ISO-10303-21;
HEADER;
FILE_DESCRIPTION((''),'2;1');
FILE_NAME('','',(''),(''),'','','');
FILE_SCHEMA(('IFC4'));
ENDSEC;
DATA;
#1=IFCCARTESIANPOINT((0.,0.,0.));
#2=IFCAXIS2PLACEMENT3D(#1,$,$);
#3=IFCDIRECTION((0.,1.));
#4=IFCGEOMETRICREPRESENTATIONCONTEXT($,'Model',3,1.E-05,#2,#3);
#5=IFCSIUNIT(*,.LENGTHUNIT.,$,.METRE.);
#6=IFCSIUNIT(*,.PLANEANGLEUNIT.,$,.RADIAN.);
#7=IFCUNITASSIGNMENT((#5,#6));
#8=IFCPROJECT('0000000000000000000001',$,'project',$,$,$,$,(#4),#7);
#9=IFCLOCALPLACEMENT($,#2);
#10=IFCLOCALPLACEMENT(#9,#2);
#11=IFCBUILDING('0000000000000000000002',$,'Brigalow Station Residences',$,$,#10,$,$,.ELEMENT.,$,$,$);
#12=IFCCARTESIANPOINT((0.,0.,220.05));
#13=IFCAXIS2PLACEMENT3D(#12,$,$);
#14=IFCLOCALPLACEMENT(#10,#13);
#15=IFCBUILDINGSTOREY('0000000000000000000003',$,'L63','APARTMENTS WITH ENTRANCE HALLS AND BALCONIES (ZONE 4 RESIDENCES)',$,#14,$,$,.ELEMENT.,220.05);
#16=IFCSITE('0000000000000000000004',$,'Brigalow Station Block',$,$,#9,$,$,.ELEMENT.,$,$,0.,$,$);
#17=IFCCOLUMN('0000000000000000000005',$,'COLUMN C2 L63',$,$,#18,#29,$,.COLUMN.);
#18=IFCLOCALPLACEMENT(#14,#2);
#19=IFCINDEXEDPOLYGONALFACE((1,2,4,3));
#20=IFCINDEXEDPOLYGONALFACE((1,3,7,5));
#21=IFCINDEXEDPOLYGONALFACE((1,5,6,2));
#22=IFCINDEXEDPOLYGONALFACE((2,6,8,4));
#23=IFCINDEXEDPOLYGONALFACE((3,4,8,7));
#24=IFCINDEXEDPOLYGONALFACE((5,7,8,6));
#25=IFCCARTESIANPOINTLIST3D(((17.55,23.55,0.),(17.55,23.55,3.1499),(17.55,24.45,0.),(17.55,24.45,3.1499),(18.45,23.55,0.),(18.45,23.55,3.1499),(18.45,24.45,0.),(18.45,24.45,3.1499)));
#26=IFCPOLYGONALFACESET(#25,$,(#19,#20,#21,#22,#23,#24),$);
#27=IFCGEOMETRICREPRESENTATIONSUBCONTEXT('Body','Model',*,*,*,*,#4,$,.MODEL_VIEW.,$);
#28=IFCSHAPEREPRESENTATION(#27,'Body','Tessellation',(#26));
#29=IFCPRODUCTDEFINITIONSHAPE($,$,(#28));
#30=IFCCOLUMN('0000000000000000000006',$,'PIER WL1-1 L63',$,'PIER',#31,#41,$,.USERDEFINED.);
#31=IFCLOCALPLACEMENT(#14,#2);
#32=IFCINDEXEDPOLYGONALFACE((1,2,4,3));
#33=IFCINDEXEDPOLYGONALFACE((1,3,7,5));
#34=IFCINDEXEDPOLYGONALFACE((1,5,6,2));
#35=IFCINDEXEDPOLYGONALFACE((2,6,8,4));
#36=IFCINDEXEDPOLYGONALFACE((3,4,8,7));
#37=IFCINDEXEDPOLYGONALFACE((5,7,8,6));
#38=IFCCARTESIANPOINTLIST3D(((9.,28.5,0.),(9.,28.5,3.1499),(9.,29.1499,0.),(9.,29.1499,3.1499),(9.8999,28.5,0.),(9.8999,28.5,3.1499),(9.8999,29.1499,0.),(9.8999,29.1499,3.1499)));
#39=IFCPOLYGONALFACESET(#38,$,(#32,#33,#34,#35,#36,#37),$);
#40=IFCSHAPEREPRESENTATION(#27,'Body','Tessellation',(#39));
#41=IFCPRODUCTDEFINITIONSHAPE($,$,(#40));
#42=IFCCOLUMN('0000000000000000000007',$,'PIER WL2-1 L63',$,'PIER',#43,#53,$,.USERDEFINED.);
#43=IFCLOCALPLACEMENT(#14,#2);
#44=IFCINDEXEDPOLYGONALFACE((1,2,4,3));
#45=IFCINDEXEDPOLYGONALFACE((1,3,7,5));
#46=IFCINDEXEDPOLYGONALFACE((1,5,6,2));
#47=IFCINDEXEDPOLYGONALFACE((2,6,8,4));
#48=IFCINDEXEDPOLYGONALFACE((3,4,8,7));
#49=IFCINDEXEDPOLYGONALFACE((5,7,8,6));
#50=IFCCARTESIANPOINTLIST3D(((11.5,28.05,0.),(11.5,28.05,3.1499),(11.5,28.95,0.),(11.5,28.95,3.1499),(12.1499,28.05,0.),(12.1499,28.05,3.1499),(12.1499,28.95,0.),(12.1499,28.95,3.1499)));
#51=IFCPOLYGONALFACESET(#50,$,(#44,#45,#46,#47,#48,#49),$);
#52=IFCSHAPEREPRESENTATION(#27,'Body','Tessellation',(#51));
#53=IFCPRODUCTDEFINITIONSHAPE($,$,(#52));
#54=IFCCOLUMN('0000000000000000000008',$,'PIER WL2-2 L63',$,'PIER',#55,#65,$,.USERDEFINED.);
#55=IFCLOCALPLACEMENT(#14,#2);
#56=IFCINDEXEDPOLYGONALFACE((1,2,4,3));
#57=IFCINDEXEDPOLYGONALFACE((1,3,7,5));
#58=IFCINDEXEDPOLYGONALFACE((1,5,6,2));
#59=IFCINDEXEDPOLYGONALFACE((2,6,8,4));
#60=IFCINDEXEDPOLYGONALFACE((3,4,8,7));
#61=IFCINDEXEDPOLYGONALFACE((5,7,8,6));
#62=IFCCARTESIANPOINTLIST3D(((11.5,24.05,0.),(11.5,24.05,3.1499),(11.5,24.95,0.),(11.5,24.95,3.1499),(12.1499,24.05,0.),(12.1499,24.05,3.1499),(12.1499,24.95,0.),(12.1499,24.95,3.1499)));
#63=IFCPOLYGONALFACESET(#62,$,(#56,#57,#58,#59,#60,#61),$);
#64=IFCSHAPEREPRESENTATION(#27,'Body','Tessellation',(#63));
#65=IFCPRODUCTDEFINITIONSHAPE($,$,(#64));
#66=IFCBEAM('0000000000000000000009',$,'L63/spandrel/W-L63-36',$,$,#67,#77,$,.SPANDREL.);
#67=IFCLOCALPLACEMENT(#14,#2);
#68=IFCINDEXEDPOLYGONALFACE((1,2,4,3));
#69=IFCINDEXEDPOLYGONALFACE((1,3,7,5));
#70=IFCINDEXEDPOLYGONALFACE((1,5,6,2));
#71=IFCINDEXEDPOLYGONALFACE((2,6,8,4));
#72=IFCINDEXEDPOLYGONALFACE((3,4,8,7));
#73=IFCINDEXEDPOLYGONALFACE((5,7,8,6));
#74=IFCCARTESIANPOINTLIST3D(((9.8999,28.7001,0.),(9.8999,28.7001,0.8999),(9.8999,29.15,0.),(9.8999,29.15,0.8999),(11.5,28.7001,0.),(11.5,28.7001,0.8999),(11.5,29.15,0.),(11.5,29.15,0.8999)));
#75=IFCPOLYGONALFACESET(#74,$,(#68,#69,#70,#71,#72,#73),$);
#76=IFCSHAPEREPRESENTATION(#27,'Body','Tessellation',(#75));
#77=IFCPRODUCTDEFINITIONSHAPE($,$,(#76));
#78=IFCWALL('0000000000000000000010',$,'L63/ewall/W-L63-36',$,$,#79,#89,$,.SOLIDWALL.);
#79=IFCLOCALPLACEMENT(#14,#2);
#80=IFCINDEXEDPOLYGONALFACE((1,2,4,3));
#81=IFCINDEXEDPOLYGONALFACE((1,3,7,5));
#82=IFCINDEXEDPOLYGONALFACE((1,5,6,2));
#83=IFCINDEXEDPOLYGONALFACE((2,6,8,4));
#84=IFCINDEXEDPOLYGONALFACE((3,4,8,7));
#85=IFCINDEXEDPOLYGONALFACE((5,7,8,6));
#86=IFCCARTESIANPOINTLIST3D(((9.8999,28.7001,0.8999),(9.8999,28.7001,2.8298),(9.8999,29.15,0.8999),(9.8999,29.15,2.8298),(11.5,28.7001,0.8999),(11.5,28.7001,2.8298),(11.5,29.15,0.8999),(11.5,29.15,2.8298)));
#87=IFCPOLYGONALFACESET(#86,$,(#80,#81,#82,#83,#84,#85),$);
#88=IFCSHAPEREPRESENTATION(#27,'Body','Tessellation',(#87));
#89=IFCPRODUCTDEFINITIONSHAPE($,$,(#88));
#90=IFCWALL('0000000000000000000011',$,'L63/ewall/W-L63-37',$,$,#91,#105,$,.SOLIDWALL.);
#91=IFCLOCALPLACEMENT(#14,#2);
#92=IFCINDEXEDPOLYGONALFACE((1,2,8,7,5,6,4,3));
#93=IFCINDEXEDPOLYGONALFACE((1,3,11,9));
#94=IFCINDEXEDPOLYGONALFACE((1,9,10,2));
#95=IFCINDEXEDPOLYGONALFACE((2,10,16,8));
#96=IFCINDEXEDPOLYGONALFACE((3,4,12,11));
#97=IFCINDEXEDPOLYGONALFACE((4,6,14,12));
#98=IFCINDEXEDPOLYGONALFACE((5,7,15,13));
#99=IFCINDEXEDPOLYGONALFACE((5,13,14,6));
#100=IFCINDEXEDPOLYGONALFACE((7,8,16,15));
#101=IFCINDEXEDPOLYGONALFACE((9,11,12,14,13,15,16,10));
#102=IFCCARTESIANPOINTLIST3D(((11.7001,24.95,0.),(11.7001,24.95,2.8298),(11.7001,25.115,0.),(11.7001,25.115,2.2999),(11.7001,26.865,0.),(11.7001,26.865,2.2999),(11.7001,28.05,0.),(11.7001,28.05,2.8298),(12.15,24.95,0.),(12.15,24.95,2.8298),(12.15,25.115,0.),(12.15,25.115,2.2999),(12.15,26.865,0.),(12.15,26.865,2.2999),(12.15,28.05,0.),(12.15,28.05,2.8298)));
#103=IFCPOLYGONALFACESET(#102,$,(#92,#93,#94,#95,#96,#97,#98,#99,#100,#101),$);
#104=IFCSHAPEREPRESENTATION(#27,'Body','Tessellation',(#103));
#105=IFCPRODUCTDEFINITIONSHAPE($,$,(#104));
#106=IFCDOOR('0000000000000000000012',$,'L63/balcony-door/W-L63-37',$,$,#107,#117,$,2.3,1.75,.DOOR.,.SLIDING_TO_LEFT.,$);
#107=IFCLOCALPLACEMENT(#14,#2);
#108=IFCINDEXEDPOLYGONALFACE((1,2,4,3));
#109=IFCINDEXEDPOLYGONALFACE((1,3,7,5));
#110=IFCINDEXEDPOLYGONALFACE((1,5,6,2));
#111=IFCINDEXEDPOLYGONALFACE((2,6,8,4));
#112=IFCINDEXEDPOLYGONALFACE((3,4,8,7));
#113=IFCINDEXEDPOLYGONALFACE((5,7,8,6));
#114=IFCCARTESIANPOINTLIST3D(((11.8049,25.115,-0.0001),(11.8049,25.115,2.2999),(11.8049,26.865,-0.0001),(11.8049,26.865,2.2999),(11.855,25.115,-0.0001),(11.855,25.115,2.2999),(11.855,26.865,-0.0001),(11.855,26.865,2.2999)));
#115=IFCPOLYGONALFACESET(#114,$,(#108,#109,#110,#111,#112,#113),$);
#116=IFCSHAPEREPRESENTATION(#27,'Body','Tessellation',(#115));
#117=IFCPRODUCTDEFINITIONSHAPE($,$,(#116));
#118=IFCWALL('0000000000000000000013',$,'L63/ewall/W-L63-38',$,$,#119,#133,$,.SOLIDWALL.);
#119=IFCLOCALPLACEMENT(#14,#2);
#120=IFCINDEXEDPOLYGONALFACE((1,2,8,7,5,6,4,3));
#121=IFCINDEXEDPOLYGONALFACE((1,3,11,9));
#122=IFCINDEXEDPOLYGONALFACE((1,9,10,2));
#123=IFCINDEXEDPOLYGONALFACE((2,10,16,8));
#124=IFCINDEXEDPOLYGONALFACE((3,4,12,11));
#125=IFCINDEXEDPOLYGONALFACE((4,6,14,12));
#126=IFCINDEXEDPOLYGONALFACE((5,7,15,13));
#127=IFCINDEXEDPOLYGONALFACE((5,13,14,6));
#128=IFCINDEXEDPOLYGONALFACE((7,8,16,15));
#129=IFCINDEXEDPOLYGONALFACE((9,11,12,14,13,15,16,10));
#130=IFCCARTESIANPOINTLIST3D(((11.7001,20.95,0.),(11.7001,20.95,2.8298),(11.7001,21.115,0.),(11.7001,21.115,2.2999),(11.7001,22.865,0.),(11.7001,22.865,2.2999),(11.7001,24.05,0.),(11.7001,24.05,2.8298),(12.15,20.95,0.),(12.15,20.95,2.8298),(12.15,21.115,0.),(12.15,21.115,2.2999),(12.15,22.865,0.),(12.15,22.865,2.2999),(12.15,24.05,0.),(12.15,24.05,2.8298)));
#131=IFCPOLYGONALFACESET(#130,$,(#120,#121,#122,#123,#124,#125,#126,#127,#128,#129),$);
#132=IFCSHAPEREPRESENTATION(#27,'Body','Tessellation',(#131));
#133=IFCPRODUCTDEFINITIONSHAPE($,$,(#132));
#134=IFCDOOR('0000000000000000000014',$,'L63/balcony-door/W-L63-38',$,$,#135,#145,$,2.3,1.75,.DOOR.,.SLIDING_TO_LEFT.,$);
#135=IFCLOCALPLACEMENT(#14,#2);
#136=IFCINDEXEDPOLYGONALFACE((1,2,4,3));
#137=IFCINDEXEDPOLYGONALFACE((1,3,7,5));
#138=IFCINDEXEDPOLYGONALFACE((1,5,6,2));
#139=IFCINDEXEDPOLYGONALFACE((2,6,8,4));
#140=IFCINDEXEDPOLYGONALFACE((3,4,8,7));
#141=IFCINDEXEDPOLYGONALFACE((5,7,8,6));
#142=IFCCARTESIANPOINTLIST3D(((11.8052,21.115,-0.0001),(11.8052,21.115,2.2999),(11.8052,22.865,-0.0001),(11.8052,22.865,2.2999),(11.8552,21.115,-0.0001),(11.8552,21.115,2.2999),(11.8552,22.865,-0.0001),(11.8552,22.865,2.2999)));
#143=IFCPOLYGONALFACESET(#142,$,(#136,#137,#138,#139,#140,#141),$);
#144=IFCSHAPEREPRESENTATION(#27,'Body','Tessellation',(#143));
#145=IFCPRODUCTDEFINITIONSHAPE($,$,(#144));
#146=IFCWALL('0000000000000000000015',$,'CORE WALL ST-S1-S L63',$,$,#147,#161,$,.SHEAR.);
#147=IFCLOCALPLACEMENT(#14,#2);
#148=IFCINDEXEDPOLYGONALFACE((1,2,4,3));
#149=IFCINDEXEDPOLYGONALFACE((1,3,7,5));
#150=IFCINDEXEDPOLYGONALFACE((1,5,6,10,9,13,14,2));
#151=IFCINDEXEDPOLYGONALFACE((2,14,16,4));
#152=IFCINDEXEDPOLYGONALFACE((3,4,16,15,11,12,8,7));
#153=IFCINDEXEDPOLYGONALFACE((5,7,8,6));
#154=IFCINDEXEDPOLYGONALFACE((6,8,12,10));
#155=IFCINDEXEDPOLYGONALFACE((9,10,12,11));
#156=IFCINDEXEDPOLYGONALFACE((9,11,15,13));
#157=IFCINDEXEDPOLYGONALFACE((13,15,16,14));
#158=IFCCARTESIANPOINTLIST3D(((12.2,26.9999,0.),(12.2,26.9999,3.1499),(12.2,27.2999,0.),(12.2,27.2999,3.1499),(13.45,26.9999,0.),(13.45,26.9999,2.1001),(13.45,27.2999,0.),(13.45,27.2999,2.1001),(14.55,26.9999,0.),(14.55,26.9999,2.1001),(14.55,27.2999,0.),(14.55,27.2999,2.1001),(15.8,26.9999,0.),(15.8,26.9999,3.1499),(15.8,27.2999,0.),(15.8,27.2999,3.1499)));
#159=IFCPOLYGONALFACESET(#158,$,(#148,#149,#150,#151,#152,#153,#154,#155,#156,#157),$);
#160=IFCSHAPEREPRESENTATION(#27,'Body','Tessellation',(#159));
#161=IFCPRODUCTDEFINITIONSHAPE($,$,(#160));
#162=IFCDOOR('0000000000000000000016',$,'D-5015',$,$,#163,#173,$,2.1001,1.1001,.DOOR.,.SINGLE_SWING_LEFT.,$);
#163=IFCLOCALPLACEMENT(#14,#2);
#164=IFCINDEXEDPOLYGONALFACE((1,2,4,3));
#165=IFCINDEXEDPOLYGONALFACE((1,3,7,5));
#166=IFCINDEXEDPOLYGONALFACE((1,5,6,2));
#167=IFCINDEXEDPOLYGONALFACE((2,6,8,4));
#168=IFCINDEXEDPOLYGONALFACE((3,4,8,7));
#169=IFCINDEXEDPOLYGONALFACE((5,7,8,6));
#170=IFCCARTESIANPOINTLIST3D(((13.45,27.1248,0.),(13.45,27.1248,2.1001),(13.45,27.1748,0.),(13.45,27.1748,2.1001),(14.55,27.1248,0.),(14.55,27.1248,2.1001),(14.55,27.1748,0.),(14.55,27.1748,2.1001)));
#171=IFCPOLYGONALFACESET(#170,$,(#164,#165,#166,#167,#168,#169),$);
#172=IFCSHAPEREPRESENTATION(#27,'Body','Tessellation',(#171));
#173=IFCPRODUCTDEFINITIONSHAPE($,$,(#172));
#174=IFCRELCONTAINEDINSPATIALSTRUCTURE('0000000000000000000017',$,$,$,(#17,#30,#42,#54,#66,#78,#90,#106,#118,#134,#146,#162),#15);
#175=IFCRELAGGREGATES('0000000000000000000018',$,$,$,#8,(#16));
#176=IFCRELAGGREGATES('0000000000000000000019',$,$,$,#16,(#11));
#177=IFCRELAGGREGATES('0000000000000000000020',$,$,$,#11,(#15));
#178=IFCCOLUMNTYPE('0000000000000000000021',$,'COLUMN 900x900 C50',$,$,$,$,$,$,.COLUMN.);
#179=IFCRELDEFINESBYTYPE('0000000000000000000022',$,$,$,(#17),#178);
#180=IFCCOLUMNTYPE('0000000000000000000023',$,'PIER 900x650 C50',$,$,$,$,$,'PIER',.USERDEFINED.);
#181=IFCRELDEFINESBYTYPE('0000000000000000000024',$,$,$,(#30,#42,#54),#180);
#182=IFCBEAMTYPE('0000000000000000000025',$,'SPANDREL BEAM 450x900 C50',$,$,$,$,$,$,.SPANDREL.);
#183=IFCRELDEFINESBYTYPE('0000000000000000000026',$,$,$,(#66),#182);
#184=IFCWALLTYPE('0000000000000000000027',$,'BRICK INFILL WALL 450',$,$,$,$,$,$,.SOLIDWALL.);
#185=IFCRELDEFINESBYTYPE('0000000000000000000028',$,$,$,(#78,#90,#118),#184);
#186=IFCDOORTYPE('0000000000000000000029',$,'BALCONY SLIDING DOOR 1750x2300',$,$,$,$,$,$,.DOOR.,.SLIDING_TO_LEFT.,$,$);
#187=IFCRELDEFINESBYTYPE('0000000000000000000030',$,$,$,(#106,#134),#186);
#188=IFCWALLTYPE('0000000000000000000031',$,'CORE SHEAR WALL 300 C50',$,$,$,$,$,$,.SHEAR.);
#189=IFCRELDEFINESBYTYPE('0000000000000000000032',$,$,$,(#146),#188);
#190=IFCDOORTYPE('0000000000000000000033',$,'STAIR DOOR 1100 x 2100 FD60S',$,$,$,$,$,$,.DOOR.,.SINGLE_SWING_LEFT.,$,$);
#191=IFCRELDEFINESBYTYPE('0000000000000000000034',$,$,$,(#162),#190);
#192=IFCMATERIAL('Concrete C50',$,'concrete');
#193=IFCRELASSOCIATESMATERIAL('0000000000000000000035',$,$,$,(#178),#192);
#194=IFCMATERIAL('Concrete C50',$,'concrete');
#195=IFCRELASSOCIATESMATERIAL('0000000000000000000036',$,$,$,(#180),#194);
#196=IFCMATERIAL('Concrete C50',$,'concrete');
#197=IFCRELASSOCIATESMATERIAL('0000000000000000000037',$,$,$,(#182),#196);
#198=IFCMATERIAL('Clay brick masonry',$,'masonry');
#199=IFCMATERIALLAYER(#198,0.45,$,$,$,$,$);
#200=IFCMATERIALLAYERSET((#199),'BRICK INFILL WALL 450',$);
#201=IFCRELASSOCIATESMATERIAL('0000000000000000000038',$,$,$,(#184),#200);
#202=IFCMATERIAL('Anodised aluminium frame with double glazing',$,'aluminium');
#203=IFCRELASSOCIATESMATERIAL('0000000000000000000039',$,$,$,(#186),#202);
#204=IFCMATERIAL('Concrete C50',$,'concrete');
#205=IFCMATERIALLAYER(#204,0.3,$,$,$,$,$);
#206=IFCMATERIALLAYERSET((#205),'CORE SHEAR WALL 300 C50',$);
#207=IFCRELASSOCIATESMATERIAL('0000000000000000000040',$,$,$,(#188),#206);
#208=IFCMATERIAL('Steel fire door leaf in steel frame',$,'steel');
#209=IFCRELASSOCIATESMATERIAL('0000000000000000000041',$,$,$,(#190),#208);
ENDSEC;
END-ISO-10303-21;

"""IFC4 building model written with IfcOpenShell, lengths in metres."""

from ifc_helpers import new_model, si_unit, direction, frame, frame_2d, origin, origin_2d, place, context, subcontext, project, spatial, rectangle, extrude, material, layer, layer_set, material_profile, profile_set, type_object, element, fill, save


model = new_model("IFC4")

# Units and contexts
model_context = context("Model", 3, precision=1e-05, world=origin(), true_north=direction((0.0, 1.0)))
body_context = subcontext(model_context, "Body", "Model", "MODEL_VIEW")
ifc_project = project(units=[si_unit("LENGTHUNIT", "METRE"), si_unit("PLANEANGLEUNIT", "RADIAN")], contexts=[model_context])

# Site, building, storey
site_placement = place(None, origin())
site = spatial("IfcSite", under=ifc_project, at=site_placement, Name="Brigalow Station Block", CompositionType="ELEMENT", RefElevation=0.0)
building_placement = place(site_placement, origin())
building = spatial("IfcBuilding", under=site, at=building_placement, Name="Brigalow Station Residences", CompositionType="ELEMENT")
storey_placement = place(building_placement, frame((0.0, 0.0, 220.05)))
storey = spatial("IfcBuildingStorey", under=building, at=storey_placement, Name="L63", Description="APARTMENTS WITH ENTRANCE HALLS AND BALCONIES (ZONE 4 RESIDENCES)", CompositionType="ELEMENT", Elevation=220.05)

# Columns
ifc_material_1 = material(Name="Concrete C50", Category="concrete")
ifc_material_profile_1 = material_profile(ifc_material_1, rectangle(XDim=0.8999, YDim=0.8999, at=origin_2d()), Name="RC900x900")
ifc_profile_set_1 = profile_set([ifc_material_profile_1], Name="Concrete C50")
column_type_1 = type_object("IfcColumnType", Name="COLUMN 900x900 C50", PredefinedType="COLUMN", material=ifc_profile_set_1)
column_placement = place(storey_placement, frame((18.0, 24.0, 0.0), z_axis=(0.0, 0.0, 1.0), x_axis=(1.0, 0.0, 0.0)))
element("IfcColumn", 1, at=column_placement, inside=storey, type_object=column_type_1, Name="COLUMN C2 L63", PredefinedType="COLUMN", context=body_context, shape_type="SweptSolid", body=[
    extrude(rectangle(XDim=0.8999, YDim=0.8999, at=origin_2d()), origin(), (0.0, 0.0, 1.0), 3.1499),
])
ifc_material_2 = material(Name="Concrete C50", Category="concrete")
ifc_material_profile_2 = material_profile(ifc_material_2, rectangle(XDim=0.8999, YDim=0.6499, at=origin_2d()), Name="RC900x650")
ifc_profile_set_2 = profile_set([ifc_material_profile_2], Name="Concrete C50")
column_type_2 = type_object("IfcColumnType", Name="PIER 900x650 C50", ElementType="PIER", PredefinedType="USERDEFINED", material=ifc_profile_set_2)
for number, where, z_axis, x_axis, name in (
    (2, (9.45, 28.825, 0.0), (0.0, 0.0, 1.0), (1.0, 0.0, 0.0), "PIER WL1-1 L63"),
    (3, (11.825, 28.5, 0.0), (0.0, 0.0, 1.0), (0.0, -1.0, 0.0), "PIER WL2-1 L63"),
    (4, (11.825, 24.5, 0.0), (0.0, 0.0, 1.0), (0.0, -1.0, 0.0), "PIER WL2-2 L63"),
):
    element("IfcColumn", number, at=place(storey_placement, frame(where, z_axis=z_axis, x_axis=x_axis)), inside=storey, type_object=column_type_2, Name=name, ObjectType="PIER", PredefinedType="USERDEFINED", context=body_context, shape_type="SweptSolid", body=[
        extrude(rectangle(XDim=0.8999, YDim=0.6499, at=origin_2d()), origin(), (0.0, 0.0, 1.0), 3.1499),
    ])

# Beam
ifc_material_3 = material(Name="Concrete C50", Category="concrete")
ifc_material_profile_3 = material_profile(ifc_material_3, rectangle(XDim=0.45, YDim=0.8999, at=origin_2d()), Name="RC450x900")
ifc_profile_set_3 = profile_set([ifc_material_profile_3], Name="Concrete C50")
beam_type = type_object("IfcBeamType", Name="SPANDREL BEAM 450x900 C50", PredefinedType="SPANDREL", material=ifc_profile_set_3)
beam_placement = place(storey_placement, frame((9.8999, 28.925, 0.45), z_axis=(1.0, 0.0, 0.0), x_axis=(0.0, 1.0, 0.0)))
element("IfcBeam", 5, at=beam_placement, inside=storey, type_object=beam_type, Name="L63/spandrel/W-L63-36", PredefinedType="SPANDREL", context=body_context, shape_type="SweptSolid", body=[
    extrude(rectangle(XDim=0.45, YDim=0.8999, at=origin_2d()), origin(), (0.0, 0.0, 1.0), 1.6001),
])

# Wall
ifc_material_4 = material(Name="Clay brick masonry", Category="masonry")
ifc_layer_1 = layer(ifc_material_4, 0.45)
ifc_layer_set_1 = layer_set([ifc_layer_1], Name="BRICK INFILL WALL 450")
wall_type_1 = type_object("IfcWallType", Name="BRICK INFILL WALL 450", PredefinedType="SOLIDWALL", material=ifc_layer_set_1)
wall_1_placement = place(storey_placement, frame((9.8999, 28.925, 0.8999), z_axis=(0.0, 0.0, 1.0), x_axis=(1.0, 0.0, 0.0)))
element("IfcWall", 6, at=wall_1_placement, inside=storey, type_object=wall_type_1, Name="L63/ewall/W-L63-36", PredefinedType="SOLIDWALL", context=body_context, shape_type="SweptSolid", body=[
    extrude(rectangle(XDim=1.6001, YDim=0.45, at=frame_2d((0.8, 0.0))), origin(), (0.0, 0.0, 1.0), 1.9299),
])

# Walls, openings, doors
wall_2_placement = place(storey_placement, frame((11.925, 28.05, 0.0), z_axis=(0.0, 0.0, 1.0), x_axis=(0.0, -1.0, 0.0)))
wall_2 = element("IfcWall", 7, at=wall_2_placement, inside=storey, type_object=wall_type_1, Name="L63/ewall/W-L63-37", PredefinedType="SOLIDWALL", context=body_context, shape_type="SweptSolid", body=[
    extrude(rectangle(XDim=3.1001, YDim=0.45, at=frame_2d((1.55, 0.0))), origin(), (0.0, 0.0, 1.0), 2.8298),
])
opening_1_placement = place(wall_2_placement, frame((1.1851, 0.0, 0.0)))
opening_1 = element("IfcOpeningElement", 8, at=opening_1_placement, cuts=wall_2, PredefinedType="OPENING", context=body_context, shape_type="SweptSolid", body=[
    extrude(rectangle(XDim=1.75, YDim=2.3, at=frame_2d((0.875, 1.1499))), frame((0.0, 0.2349, 0.0), z_axis=(0.0, -1.0, 0.0), x_axis=(1.0, 0.0, 0.0)), (0.0, 0.0, 1.0), 0.47),
])
ifc_material_5 = material(Name="Anodised aluminium frame with double glazing", Category="aluminium")
door_type_1 = type_object("IfcDoorType", Name="BALCONY SLIDING DOOR 1750x2300", OperationType="SLIDING_TO_LEFT", PredefinedType="DOOR", material=ifc_material_5)
door_1_placement = place(opening_1_placement, frame((1.75, -0.1899, 0.0), z_axis=(0.0, 0.0, 1.0), x_axis=(-1.0, 0.0, 0.0)))
door_1 = element("IfcDoor", 9, at=door_1_placement, inside=storey, type_object=door_type_1, Name="L63/balcony-door/W-L63-37", OperationType="SLIDING_TO_LEFT", OverallHeight=2.3, OverallWidth=1.75, PredefinedType="DOOR", context=body_context, shape_type="SweptSolid", body=[
    extrude(rectangle(XDim=1.75, YDim=2.3, at=frame_2d((0.875, 1.1499))), frame((0.0, -0.0698, 0.0), z_axis=(0.0, -1.0, 0.0), x_axis=(1.0, 0.0, 0.0)), (0.0, 0.0, 1.0), 0.05),
])
fill(opening_1, door_1)
wall_3_placement = place(storey_placement, frame((11.925, 24.05, 0.0), z_axis=(0.0, 0.0, 1.0), x_axis=(0.0, -1.0, 0.0)))
wall_3 = element("IfcWall", 10, at=wall_3_placement, inside=storey, type_object=wall_type_1, Name="L63/ewall/W-L63-38", PredefinedType="SOLIDWALL", context=body_context, shape_type="SweptSolid", body=[
    extrude(rectangle(XDim=3.1001, YDim=0.45, at=frame_2d((1.55, 0.0))), origin(), (0.0, 0.0, 1.0), 2.8298),
])
opening_2_placement = place(wall_3_placement, frame((1.1851, 0.0, 0.0)))
opening_2 = element("IfcOpeningElement", 11, at=opening_2_placement, cuts=wall_3, PredefinedType="OPENING", context=body_context, shape_type="SweptSolid", body=[
    extrude(rectangle(XDim=1.75, YDim=2.3, at=frame_2d((0.875, 1.1499))), frame((0.0, 0.2349, 0.0), z_axis=(0.0, -1.0, 0.0), x_axis=(1.0, 0.0, 0.0)), (0.0, 0.0, 1.0), 0.47),
])
door_2_placement = place(opening_2_placement, origin())
door_2 = element("IfcDoor", 12, at=door_2_placement, inside=storey, type_object=door_type_1, Name="L63/balcony-door/W-L63-38", OperationType="SLIDING_TO_LEFT", OverallHeight=2.3, OverallWidth=1.75, PredefinedType="DOOR", context=body_context, shape_type="SweptSolid", body=[
    extrude(rectangle(XDim=1.75, YDim=2.3, at=frame_2d((0.875, 1.1499))), frame((0.0, -0.0698, 0.0), z_axis=(0.0, -1.0, 0.0), x_axis=(1.0, 0.0, 0.0)), (0.0, 0.0, 1.0), 0.05),
])
fill(opening_2, door_2)
ifc_material_6 = material(Name="Concrete C50", Category="concrete")
ifc_layer_2 = layer(ifc_material_6, 0.3)
ifc_layer_set_2 = layer_set([ifc_layer_2], Name="CORE SHEAR WALL 300 C50")
wall_type_2 = type_object("IfcWallType", Name="CORE SHEAR WALL 300 C50", PredefinedType="SHEAR", material=ifc_layer_set_2)
wall_4_placement = place(storey_placement, frame((12.2, 27.1499, 0.0), z_axis=(0.0, 0.0, 1.0), x_axis=(1.0, 0.0, 0.0)))
wall_4 = element("IfcWall", 13, at=wall_4_placement, inside=storey, type_object=wall_type_2, Name="CORE WALL ST-S1-S L63", PredefinedType="SHEAR", context=body_context, shape_type="SweptSolid", body=[
    extrude(rectangle(XDim=3.6001, YDim=0.3, at=frame_2d((1.8, 0.0))), origin(), (0.0, 0.0, 1.0), 3.1499),
])
opening_3_placement = place(wall_4_placement, frame((1.25, 0.0, 0.0)))
opening_3 = element("IfcOpeningElement", 14, at=opening_3_placement, cuts=wall_4, PredefinedType="OPENING", context=body_context, shape_type="SweptSolid", body=[
    extrude(rectangle(XDim=1.1001, YDim=2.1001, at=frame_2d((0.55, 1.05))), frame((0.0, 0.1602, 0.0), z_axis=(0.0, -1.0, 0.0), x_axis=(1.0, 0.0, 0.0)), (0.0, 0.0, 1.0), 0.3201),
])
ifc_material_7 = material(Name="Steel fire door leaf in steel frame", Category="steel")
door_type_2 = type_object("IfcDoorType", Name="STAIR DOOR 1100 x 2100 FD60S", OperationType="SINGLE_SWING_LEFT", PredefinedType="DOOR", material=ifc_material_7)
door_3_placement = place(opening_3_placement, origin())
door_3 = element("IfcDoor", 15, at=door_3_placement, inside=storey, type_object=door_type_2, Name="D-5015", OperationType="SINGLE_SWING_LEFT", OverallHeight=2.1001, OverallWidth=1.1001, PredefinedType="DOOR", context=body_context, shape_type="SweptSolid", body=[
    extrude(rectangle(XDim=1.1001, YDim=2.1001, at=frame_2d((0.55, 1.05))), frame((0.0, 0.0249, 0.0), z_axis=(0.0, -1.0, 0.0), x_axis=(1.0, 0.0, 0.0)), (0.0, 0.0, 1.0), 0.05),
])
fill(opening_3, door_3)

save(model, "model.ifc")
